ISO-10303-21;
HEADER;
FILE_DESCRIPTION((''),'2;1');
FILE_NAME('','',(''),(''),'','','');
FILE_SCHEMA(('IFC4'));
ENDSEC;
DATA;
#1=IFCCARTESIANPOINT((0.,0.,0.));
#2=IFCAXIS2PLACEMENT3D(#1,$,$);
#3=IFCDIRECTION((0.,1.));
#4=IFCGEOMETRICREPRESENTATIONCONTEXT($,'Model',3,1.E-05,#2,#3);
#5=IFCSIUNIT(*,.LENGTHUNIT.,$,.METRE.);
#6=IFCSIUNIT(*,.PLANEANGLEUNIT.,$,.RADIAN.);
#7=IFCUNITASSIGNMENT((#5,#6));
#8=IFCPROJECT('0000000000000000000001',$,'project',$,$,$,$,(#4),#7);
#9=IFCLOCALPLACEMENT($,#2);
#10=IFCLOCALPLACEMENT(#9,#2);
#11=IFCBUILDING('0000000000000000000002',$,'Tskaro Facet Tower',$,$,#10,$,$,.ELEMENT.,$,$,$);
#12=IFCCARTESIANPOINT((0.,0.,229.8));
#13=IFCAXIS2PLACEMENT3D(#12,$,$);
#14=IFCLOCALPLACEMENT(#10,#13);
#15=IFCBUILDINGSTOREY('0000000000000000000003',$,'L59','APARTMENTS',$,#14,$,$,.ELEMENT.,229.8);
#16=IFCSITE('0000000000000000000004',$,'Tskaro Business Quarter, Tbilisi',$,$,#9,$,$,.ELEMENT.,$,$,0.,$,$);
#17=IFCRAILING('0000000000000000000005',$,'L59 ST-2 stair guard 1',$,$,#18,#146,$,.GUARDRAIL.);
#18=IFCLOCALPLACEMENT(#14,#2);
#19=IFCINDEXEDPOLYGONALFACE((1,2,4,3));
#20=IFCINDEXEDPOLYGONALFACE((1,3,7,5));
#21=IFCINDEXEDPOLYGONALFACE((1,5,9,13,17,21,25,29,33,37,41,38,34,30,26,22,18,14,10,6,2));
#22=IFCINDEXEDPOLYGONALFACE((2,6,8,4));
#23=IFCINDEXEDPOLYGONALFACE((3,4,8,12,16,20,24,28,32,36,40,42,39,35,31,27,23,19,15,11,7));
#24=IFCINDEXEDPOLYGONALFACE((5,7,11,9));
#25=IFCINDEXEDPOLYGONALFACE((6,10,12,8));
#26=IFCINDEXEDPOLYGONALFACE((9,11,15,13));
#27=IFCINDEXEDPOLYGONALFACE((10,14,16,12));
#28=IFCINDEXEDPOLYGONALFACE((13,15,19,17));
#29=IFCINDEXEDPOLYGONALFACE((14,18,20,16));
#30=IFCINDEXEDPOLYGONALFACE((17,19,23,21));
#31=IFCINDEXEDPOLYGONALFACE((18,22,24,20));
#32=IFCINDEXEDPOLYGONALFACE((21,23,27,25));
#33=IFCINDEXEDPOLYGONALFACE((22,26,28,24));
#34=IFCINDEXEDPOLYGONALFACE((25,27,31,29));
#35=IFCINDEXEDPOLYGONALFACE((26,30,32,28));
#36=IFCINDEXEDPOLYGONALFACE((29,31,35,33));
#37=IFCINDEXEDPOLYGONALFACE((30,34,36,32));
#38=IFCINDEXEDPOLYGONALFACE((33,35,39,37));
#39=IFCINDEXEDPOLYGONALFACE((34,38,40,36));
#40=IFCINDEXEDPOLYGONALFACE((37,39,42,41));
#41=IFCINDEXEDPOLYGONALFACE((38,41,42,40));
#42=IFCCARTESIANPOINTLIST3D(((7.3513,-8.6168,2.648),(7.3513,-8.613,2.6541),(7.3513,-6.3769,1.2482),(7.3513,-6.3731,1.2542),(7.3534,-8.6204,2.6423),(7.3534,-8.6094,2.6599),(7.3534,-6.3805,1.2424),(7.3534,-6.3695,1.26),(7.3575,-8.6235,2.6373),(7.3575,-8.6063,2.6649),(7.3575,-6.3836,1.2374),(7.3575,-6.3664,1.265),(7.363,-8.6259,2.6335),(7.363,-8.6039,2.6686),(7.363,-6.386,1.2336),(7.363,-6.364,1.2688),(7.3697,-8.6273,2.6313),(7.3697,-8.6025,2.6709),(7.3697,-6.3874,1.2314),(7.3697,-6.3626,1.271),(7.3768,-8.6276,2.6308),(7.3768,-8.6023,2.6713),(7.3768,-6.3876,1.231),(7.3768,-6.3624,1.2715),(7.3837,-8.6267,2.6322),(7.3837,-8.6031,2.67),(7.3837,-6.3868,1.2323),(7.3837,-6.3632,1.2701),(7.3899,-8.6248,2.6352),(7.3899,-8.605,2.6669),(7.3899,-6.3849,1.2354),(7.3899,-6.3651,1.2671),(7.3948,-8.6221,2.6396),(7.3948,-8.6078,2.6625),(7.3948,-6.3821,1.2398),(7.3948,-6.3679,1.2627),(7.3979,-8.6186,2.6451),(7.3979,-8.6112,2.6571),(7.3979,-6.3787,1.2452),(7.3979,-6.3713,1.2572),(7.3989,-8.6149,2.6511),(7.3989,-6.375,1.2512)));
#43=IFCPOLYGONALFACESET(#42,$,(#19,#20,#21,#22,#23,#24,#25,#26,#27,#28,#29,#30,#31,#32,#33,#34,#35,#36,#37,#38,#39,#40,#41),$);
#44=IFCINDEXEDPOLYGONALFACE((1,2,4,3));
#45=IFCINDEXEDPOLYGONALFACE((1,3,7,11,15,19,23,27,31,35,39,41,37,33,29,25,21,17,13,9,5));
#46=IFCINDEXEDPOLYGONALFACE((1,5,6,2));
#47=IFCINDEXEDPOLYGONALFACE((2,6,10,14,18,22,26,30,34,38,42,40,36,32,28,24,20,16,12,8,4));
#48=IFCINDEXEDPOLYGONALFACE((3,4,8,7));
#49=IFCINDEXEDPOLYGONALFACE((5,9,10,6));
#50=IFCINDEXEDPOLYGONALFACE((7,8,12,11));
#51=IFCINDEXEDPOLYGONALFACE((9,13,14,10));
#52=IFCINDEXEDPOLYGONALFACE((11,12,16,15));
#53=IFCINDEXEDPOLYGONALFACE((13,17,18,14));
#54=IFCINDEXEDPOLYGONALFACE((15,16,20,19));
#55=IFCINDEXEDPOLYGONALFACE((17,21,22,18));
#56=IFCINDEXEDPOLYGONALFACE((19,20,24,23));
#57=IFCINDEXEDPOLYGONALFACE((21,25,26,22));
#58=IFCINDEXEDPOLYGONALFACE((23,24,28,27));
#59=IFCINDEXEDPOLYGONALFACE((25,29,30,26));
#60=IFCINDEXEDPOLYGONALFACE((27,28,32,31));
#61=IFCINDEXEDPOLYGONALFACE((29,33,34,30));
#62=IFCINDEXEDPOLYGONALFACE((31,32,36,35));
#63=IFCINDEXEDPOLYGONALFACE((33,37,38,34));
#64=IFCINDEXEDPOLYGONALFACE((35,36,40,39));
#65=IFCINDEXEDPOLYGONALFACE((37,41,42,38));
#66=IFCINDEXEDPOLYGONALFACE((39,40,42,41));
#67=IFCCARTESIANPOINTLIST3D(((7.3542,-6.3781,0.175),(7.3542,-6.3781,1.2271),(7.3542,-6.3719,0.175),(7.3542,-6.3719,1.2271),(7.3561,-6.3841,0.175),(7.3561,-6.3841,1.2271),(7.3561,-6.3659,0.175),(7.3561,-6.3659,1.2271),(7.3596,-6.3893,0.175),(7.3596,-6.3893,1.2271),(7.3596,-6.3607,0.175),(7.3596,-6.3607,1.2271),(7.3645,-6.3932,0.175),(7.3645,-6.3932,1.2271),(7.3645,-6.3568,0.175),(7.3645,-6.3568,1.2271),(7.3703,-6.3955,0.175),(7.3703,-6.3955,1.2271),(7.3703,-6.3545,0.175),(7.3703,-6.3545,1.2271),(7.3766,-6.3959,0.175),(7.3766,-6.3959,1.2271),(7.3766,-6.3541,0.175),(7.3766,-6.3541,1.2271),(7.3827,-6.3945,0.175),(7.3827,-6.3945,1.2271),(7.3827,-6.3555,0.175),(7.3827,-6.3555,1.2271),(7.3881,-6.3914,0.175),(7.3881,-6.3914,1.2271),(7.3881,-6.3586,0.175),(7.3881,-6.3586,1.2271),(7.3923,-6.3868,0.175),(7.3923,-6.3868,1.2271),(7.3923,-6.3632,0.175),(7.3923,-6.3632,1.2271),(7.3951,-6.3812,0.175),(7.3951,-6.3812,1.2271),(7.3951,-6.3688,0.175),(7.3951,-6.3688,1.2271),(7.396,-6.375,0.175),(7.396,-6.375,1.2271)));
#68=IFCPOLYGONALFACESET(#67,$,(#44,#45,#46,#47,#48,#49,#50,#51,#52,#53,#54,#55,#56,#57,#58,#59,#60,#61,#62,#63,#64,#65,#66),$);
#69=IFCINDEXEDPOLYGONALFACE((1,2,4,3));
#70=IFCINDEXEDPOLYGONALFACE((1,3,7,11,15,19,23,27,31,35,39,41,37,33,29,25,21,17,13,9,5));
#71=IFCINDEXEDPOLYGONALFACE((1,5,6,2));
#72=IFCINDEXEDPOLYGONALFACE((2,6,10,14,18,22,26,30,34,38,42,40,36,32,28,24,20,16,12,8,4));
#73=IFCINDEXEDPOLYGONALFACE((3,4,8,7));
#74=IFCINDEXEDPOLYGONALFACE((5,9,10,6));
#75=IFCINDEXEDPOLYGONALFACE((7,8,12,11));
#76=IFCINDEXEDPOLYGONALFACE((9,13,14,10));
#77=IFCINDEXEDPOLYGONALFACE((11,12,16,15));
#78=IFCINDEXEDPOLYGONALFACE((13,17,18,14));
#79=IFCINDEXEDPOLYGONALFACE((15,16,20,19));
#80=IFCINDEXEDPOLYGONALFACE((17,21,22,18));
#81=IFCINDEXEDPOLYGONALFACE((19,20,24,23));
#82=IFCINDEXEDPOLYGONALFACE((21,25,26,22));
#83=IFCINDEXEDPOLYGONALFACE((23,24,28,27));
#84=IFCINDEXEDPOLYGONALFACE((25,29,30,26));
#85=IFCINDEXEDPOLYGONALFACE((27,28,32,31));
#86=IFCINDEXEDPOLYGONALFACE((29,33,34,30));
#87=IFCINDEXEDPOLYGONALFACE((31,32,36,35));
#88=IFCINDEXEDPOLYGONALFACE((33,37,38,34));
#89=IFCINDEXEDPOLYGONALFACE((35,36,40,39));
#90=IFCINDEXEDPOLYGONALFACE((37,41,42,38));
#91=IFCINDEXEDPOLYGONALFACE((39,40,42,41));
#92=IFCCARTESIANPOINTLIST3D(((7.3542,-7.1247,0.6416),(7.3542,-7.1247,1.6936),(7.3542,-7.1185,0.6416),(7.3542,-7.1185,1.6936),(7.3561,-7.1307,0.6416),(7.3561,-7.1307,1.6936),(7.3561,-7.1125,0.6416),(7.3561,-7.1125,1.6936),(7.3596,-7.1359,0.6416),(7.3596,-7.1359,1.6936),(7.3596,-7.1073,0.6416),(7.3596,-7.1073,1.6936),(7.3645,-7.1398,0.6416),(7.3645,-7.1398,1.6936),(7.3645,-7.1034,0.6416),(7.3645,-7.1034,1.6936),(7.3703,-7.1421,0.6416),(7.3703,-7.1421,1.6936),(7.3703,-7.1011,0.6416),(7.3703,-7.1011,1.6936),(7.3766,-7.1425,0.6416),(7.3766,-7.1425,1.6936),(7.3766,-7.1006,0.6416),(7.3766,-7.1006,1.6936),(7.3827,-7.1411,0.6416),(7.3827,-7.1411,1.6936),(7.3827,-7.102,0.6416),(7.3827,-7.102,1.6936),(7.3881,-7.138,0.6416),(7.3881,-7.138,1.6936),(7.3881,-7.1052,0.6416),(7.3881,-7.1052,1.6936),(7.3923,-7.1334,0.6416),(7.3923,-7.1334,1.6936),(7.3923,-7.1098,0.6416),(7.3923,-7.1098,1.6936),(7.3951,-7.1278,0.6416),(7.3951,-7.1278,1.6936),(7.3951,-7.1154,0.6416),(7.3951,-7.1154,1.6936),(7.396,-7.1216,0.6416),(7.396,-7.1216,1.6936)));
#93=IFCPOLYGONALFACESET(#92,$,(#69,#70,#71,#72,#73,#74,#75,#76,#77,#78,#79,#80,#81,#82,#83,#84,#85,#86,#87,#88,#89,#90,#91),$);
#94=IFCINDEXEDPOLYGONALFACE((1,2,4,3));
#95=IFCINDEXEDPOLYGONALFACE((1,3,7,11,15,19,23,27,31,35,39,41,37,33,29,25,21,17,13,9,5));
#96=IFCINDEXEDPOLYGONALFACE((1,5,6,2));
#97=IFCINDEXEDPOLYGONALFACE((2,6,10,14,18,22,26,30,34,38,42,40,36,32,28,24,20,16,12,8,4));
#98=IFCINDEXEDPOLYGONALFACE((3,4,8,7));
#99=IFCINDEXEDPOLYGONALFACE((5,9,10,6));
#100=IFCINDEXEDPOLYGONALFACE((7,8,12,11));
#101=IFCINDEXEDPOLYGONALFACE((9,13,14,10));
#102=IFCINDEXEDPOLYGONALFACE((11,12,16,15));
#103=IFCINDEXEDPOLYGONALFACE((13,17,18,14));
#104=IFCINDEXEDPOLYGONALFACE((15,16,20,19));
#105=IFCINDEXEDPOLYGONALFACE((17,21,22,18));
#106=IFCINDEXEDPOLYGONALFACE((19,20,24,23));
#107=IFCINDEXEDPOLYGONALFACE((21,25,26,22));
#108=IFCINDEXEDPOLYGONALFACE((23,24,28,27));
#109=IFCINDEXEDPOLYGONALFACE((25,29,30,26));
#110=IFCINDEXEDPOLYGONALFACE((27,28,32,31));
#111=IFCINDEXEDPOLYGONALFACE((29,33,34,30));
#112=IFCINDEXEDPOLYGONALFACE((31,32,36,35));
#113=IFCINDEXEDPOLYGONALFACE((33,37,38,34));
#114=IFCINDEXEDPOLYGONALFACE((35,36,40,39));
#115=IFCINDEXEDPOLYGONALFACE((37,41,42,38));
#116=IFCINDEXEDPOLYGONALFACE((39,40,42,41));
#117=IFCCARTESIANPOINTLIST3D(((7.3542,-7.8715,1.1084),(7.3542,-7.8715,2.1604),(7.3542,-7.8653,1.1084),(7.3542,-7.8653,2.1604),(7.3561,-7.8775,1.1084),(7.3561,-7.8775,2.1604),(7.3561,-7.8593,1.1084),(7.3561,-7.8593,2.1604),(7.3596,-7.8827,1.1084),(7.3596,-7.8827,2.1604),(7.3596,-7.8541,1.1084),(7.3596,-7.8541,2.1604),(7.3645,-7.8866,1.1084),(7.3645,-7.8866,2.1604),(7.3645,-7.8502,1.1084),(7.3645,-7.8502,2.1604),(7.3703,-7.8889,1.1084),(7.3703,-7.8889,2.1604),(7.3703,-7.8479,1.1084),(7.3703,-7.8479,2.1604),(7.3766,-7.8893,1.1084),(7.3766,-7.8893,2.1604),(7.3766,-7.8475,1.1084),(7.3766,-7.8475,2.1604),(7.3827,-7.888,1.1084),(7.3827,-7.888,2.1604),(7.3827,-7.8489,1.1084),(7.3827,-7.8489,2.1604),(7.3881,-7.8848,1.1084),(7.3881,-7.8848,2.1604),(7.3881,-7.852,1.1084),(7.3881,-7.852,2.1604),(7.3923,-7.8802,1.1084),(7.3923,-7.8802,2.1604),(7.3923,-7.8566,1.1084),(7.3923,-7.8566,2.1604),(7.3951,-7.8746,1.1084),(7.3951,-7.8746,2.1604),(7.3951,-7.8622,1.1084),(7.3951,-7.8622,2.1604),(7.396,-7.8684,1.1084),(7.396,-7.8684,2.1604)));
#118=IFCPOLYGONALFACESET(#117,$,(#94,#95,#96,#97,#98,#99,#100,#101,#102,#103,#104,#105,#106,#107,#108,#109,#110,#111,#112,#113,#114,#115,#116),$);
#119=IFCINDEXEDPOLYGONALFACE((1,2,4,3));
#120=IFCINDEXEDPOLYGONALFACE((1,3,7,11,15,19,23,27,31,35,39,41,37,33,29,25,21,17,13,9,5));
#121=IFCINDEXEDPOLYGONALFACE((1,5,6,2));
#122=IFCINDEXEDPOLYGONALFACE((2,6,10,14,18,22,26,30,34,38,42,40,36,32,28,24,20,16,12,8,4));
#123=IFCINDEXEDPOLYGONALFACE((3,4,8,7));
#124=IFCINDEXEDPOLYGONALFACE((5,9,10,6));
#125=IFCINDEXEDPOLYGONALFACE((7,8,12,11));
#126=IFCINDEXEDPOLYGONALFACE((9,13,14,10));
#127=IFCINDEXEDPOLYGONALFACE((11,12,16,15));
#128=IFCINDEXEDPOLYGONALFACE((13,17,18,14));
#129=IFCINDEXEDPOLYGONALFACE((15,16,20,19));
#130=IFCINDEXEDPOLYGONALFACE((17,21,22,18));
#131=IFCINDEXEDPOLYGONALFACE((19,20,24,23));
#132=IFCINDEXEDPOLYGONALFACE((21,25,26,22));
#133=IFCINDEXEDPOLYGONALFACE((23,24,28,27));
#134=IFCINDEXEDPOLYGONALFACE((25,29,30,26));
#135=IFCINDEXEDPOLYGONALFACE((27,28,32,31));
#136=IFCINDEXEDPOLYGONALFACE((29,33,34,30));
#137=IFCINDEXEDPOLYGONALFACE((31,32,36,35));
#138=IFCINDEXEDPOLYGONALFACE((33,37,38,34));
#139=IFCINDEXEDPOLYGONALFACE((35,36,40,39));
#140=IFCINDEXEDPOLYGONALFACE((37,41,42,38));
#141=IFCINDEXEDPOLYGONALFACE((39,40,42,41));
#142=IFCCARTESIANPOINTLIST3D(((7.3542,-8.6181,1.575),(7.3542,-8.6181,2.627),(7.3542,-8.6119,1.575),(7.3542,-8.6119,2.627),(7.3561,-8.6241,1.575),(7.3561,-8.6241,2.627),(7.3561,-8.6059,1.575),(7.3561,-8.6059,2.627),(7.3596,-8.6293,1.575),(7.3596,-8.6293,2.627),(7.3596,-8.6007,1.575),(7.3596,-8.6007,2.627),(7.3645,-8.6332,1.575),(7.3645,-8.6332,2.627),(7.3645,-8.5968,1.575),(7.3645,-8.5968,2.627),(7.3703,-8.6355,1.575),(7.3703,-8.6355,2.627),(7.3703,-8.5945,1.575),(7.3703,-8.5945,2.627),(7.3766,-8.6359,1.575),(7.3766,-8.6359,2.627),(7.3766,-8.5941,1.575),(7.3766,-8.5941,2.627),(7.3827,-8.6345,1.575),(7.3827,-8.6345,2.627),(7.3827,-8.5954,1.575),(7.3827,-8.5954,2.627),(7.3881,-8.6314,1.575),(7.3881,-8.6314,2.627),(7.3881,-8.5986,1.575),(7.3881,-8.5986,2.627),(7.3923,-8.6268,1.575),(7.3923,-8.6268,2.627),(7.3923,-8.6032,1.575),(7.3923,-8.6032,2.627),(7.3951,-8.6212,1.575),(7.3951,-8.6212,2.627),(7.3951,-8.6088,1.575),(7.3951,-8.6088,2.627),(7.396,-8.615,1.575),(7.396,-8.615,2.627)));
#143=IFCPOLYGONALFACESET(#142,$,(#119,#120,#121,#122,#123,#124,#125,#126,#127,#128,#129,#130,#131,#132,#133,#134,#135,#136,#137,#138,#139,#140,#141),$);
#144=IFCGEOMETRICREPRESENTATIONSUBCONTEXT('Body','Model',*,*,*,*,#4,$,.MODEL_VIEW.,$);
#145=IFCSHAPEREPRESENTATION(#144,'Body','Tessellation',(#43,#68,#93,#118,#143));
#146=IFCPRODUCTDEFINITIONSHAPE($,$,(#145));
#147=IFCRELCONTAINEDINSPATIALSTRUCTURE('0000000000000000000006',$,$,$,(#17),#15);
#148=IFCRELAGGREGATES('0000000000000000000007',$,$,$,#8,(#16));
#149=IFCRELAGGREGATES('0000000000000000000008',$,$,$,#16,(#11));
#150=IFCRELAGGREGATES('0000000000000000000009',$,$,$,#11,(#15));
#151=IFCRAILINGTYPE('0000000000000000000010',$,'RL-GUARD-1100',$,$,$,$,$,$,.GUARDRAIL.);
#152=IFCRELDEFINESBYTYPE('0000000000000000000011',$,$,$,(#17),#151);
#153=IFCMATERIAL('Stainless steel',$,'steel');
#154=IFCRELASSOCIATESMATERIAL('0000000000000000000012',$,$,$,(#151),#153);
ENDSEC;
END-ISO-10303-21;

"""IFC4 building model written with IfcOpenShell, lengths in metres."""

from ifc_helpers import new_model, si_unit, direction, frame, origin, origin_2d, place, context, subcontext, project, spatial, circle, extrude, material, type_object, element, save


model = new_model("IFC4")

# Units and contexts
model_context = context("Model", 3, precision=1e-05, world=origin(), true_north=direction((0.0, 1.0)))
body_context = subcontext(model_context, "Body", "Model", "MODEL_VIEW")
ifc_project = project(units=[si_unit("LENGTHUNIT", "METRE"), si_unit("PLANEANGLEUNIT", "RADIAN")], contexts=[model_context])

# Site, building, storey
site_placement = place(None, origin())
site = spatial("IfcSite", under=ifc_project, at=site_placement, Name="Tskaro Business Quarter, Tbilisi", CompositionType="ELEMENT", RefElevation=0.0)
building_placement = place(site_placement, origin())
building = spatial("IfcBuilding", under=site, at=building_placement, Name="Tskaro Facet Tower", CompositionType="ELEMENT")
storey_placement = place(building_placement, frame((0.0, 0.0, 229.8)))
storey = spatial("IfcBuildingStorey", under=building, at=storey_placement, Name="L59", Description="APARTMENTS", CompositionType="ELEMENT", Elevation=229.8)

# Shared definitions
ifc_material_1 = material(Name="Stainless steel", Category="steel")

# Railing
railing_type_1 = type_object("IfcRailingType", Name="RL-GUARD-1100", PredefinedType="GUARDRAIL", material=ifc_material_1)
railing_1_placement = place(storey_placement, frame((7.375, -6.375, 0.175)))
element("IfcRailing", 1, at=railing_1_placement, inside=storey, type_object=railing_type_1, Name="L59 ST-2 stair guard 1", PredefinedType="GUARDRAIL", context=body_context, shape_type="SweptSolid", body=[
    extrude(circle(Radius=0.0239, at=origin_2d()), frame((0.0, 0.0, 1.0762), z_axis=(0.0, -0.848014, 0.529974), x_axis=(1.0, 0.0, 0.0)), (0.0, 0.0, 1.0), 2.6414),
    extrude(circle(Radius=0.021, at=origin_2d()), origin(), (0.0, 0.0, 1.0), 1.052),
    extrude(circle(Radius=0.021, at=origin_2d()), frame((0.0, -0.7466, 0.4666)), (0.0, 0.0, 1.0), 1.052),
    extrude(circle(Radius=0.021, at=origin_2d()), frame((0.0, -1.4934, 0.9333)), (0.0, 0.0, 1.0), 1.052),
    extrude(circle(Radius=0.021, at=origin_2d()), frame((0.0, -2.24, 1.3999)), (0.0, 0.0, 1.0), 1.052),
])

save(model, "model.ifc")
